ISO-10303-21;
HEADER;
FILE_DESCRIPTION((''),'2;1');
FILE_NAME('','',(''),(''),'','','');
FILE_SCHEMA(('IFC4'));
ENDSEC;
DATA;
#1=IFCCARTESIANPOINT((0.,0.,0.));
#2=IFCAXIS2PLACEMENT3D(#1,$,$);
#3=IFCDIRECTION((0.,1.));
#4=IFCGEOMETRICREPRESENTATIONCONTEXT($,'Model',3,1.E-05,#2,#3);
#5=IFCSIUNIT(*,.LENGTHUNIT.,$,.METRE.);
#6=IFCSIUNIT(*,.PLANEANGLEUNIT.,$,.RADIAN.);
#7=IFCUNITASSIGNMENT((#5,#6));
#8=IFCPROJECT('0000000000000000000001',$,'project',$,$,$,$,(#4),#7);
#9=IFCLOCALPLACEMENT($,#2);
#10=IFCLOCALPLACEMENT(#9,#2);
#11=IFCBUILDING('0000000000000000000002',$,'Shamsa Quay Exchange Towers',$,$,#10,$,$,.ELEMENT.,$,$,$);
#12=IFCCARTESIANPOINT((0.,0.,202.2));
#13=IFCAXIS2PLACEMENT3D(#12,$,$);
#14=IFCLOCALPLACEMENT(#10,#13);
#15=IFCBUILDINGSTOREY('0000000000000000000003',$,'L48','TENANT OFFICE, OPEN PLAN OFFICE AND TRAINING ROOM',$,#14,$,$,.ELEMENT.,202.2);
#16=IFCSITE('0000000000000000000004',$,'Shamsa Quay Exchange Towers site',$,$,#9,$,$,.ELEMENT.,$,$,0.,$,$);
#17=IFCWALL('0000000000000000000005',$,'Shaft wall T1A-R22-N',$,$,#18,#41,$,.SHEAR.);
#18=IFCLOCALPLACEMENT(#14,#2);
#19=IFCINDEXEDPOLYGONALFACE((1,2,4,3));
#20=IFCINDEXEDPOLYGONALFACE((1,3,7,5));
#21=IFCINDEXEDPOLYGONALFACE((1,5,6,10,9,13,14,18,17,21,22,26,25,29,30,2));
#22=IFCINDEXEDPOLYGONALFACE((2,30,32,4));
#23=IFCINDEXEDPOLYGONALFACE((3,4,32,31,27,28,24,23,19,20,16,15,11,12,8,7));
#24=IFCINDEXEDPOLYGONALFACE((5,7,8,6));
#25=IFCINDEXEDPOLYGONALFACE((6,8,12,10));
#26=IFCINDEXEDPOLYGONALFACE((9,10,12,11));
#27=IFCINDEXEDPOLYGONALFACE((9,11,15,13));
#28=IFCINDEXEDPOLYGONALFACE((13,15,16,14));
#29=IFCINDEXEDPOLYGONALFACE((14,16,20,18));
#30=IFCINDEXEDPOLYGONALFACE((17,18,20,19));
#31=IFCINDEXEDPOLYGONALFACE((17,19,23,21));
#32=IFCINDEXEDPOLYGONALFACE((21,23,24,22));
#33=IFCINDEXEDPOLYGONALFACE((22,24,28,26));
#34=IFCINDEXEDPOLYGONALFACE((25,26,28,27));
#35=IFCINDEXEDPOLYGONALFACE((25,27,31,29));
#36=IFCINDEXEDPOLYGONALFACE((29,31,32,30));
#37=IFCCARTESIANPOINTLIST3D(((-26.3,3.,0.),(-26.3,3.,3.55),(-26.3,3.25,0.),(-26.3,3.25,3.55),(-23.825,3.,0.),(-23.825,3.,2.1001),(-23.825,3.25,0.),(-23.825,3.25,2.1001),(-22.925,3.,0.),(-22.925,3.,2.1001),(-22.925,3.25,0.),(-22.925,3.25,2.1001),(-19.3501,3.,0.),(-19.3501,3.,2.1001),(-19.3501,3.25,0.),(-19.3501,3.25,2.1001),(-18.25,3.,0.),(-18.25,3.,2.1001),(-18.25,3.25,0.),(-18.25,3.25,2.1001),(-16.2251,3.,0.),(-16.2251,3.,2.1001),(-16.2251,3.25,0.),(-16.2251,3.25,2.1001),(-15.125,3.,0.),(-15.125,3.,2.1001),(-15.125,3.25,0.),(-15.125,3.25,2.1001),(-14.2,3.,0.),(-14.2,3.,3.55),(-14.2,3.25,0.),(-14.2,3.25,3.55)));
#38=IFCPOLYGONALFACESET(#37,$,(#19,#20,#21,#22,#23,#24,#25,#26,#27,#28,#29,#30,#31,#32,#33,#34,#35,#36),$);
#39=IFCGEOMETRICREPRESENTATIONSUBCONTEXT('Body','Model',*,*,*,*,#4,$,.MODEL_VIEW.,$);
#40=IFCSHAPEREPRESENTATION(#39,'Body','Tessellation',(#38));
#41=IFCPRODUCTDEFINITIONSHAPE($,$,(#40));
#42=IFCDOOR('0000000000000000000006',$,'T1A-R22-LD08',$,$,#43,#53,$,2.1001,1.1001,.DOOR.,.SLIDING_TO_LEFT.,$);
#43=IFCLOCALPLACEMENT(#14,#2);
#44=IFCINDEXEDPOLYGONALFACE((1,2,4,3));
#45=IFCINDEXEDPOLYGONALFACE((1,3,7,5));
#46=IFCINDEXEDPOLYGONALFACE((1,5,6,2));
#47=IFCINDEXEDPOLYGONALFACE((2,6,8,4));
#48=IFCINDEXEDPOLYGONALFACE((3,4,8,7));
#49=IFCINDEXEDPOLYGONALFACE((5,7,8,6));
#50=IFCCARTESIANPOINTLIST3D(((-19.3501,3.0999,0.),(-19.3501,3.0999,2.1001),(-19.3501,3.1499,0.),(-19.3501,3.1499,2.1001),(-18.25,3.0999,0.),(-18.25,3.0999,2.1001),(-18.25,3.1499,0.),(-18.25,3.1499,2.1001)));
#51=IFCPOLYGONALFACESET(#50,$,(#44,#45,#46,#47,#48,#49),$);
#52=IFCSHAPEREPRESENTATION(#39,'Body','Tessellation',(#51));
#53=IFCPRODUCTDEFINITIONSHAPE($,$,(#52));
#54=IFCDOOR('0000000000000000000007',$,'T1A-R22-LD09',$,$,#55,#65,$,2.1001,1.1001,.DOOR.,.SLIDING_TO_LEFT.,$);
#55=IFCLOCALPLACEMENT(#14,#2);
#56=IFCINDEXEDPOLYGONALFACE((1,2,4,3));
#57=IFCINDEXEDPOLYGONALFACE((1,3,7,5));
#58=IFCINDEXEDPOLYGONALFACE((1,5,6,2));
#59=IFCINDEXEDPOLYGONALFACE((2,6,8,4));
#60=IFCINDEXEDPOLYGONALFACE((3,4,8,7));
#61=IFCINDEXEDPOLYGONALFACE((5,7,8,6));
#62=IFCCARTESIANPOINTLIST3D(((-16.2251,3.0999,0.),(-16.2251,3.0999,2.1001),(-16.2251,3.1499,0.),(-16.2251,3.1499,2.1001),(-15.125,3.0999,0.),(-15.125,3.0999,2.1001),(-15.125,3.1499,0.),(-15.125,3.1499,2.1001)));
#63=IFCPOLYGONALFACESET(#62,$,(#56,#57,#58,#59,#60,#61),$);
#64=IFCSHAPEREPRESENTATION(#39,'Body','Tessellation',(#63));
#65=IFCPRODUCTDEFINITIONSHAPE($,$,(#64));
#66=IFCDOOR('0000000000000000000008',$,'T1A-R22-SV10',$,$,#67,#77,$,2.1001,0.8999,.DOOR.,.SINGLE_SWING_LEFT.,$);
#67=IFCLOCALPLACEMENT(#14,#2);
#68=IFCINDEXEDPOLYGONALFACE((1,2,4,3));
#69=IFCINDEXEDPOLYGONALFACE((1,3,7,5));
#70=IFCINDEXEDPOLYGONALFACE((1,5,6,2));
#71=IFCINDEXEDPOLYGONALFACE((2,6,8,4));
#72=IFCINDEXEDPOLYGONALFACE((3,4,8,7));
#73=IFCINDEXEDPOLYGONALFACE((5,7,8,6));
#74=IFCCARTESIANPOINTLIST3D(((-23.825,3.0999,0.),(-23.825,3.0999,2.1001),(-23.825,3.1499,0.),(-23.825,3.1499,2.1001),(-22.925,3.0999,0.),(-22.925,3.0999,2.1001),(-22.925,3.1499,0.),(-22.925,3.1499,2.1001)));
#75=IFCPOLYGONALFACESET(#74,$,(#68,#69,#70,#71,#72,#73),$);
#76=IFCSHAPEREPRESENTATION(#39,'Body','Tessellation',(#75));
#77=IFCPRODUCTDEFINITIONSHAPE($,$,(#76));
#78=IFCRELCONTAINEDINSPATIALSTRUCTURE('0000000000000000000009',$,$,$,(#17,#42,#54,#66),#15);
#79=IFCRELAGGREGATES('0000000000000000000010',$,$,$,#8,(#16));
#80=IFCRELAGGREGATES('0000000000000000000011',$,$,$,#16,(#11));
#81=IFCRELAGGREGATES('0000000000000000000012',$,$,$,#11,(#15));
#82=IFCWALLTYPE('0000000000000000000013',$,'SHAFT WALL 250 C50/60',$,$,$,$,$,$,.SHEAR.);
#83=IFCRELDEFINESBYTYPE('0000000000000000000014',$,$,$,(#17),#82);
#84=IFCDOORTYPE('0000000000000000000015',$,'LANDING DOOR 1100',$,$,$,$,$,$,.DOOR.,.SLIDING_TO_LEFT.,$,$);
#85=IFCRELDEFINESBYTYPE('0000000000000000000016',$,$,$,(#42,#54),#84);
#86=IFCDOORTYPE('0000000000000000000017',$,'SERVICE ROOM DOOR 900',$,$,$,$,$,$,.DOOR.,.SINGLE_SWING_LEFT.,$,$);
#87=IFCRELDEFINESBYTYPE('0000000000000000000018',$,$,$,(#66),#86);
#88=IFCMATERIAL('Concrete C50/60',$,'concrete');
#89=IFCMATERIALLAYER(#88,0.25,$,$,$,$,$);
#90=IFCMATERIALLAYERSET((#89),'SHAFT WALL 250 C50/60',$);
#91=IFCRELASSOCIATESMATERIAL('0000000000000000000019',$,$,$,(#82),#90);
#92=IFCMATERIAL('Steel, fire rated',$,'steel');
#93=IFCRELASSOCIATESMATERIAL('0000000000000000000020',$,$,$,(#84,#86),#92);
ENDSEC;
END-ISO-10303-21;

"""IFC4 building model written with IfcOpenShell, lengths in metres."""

from ifc_helpers import new_model, si_unit, direction, frame, frame_2d, origin, place, context, subcontext, project, spatial, rectangle, extrude, material, layer, layer_set, type_object, element, fill, save


model = new_model("IFC4")

# Units and contexts
model_context = context("Model", 3, precision=1e-05, world=origin(), true_north=direction((0.0, 1.0)))
body_context = subcontext(model_context, "Body", "Model", "MODEL_VIEW")
ifc_project = project(units=[si_unit("LENGTHUNIT", "METRE"), si_unit("PLANEANGLEUNIT", "RADIAN")], contexts=[model_context])

# Site, building, storey
site_placement = place(None, origin())
site = spatial("IfcSite", under=ifc_project, at=site_placement, Name="Shamsa Quay Exchange Towers site", CompositionType="ELEMENT", RefElevation=0.0)
building_placement = place(site_placement, origin())
building = spatial("IfcBuilding", under=site, at=building_placement, Name="Shamsa Quay Exchange Towers", CompositionType="ELEMENT")
storey_placement = place(building_placement, frame((0.0, 0.0, 202.2)))
storey = spatial("IfcBuildingStorey", under=building, at=storey_placement, Name="L48", Description="TENANT OFFICE, OPEN PLAN OFFICE AND TRAINING ROOM", CompositionType="ELEMENT", Elevation=202.2)

# Shared definitions
ifc_material_1 = material(Name="Steel, fire rated", Category="steel")

# Wall, openings, doors
ifc_material_2 = material(Name="Concrete C50/60", Category="concrete")
ifc_layer_1 = layer(ifc_material_2, 0.25)
ifc_layer_set_1 = layer_set([ifc_layer_1], Name="SHAFT WALL 250 C50/60")
wall_type_1 = type_object("IfcWallType", Name="SHAFT WALL 250 C50/60", PredefinedType="SHEAR", material=ifc_layer_set_1)
wall_1_placement = place(storey_placement, frame((-26.3, 3.125, 0.0)))
wall_1 = element("IfcWall", 1, at=wall_1_placement, inside=storey, type_object=wall_type_1, Name="Shaft wall T1A-R22-N", PredefinedType="SHEAR", context=body_context, shape_type="SweptSolid", body=[
    extrude(rectangle(XDim=12.1001, YDim=0.25, at=frame_2d((6.05, 0.0))), origin(), (0.0, 0.0, 1.0), 3.55),
])
opening_1_placement = place(wall_1_placement, frame((6.95, 0.0, 0.0)))
opening_1 = element("IfcOpeningElement", 2, at=opening_1_placement, cuts=wall_1, PredefinedType="OPENING", context=body_context, shape_type="SweptSolid", body=[
    extrude(rectangle(XDim=1.1001, YDim=2.1001, at=frame_2d((0.55, 1.05))), frame((0.0, 0.135, 0.0), z_axis=(0.0, -1.0, 0.0), x_axis=(1.0, 0.0, 0.0)), (0.0, 0.0, 1.0), 0.27),
])
opening_2_placement = place(wall_1_placement, frame((10.075, 0.0, 0.0)))
opening_2 = element("IfcOpeningElement", 3, at=opening_2_placement, cuts=wall_1, PredefinedType="OPENING", context=body_context, shape_type="SweptSolid", body=[
    extrude(rectangle(XDim=1.1001, YDim=2.1001, at=frame_2d((0.55, 1.05))), frame((0.0, 0.135, 0.0), z_axis=(0.0, -1.0, 0.0), x_axis=(1.0, 0.0, 0.0)), (0.0, 0.0, 1.0), 0.27),
])
opening_3_placement = place(wall_1_placement, frame((2.4751, 0.0, 0.0)))
opening_3 = element("IfcOpeningElement", 4, at=opening_3_placement, cuts=wall_1, PredefinedType="OPENING", context=body_context, shape_type="SweptSolid", body=[
    extrude(rectangle(XDim=0.8999, YDim=2.1001, at=frame_2d((0.45, 1.05))), frame((0.0, 0.135, 0.0), z_axis=(0.0, -1.0, 0.0), x_axis=(1.0, 0.0, 0.0)), (0.0, 0.0, 1.0), 0.27),
])
door_type_1 = type_object("IfcDoorType", Name="LANDING DOOR 1100", OperationType="SLIDING_TO_LEFT", PredefinedType="DOOR", material=ifc_material_1)
door_1_placement = place(opening_1_placement, origin())
door_1 = element("IfcDoor", 5, at=door_1_placement, inside=storey, type_object=door_type_1, Name="T1A-R22-LD08", OperationType="SLIDING_TO_LEFT", OverallHeight=2.1001, OverallWidth=1.1001, PredefinedType="DOOR", context=body_context, shape_type="SweptSolid", body=[
    extrude(rectangle(XDim=1.1001, YDim=2.1001, at=frame_2d((0.55, 1.05))), frame((0.0, 0.0249, 0.0), z_axis=(0.0, -1.0, 0.0), x_axis=(1.0, 0.0, 0.0)), (0.0, 0.0, 1.0), 0.05),
])
fill(opening_1, door_1)
door_2_placement = place(opening_2_placement, origin())
door_2 = element("IfcDoor", 6, at=door_2_placement, inside=storey, type_object=door_type_1, Name="T1A-R22-LD09", OperationType="SLIDING_TO_LEFT", OverallHeight=2.1001, OverallWidth=1.1001, PredefinedType="DOOR", context=body_context, shape_type="SweptSolid", body=[
    extrude(rectangle(XDim=1.1001, YDim=2.1001, at=frame_2d((0.55, 1.05))), frame((0.0, 0.0249, 0.0), z_axis=(0.0, -1.0, 0.0), x_axis=(1.0, 0.0, 0.0)), (0.0, 0.0, 1.0), 0.05),
])
fill(opening_2, door_2)
door_type_2 = type_object("IfcDoorType", Name="SERVICE ROOM DOOR 900", OperationType="SINGLE_SWING_LEFT", PredefinedType="DOOR", material=ifc_material_1)
door_3_placement = place(opening_3_placement, origin())
door_3 = element("IfcDoor", 7, at=door_3_placement, inside=storey, type_object=door_type_2, Name="T1A-R22-SV10", OperationType="SINGLE_SWING_LEFT", OverallHeight=2.1001, OverallWidth=0.8999, PredefinedType="DOOR", context=body_context, shape_type="SweptSolid", body=[
    extrude(rectangle(XDim=0.8999, YDim=2.1001, at=frame_2d((0.45, 1.05))), frame((0.0, 0.0249, 0.0), z_axis=(0.0, -1.0, 0.0), x_axis=(1.0, 0.0, 0.0)), (0.0, 0.0, 1.0), 0.05),
])
fill(opening_3, door_3)

save(model, "model.ifc")
